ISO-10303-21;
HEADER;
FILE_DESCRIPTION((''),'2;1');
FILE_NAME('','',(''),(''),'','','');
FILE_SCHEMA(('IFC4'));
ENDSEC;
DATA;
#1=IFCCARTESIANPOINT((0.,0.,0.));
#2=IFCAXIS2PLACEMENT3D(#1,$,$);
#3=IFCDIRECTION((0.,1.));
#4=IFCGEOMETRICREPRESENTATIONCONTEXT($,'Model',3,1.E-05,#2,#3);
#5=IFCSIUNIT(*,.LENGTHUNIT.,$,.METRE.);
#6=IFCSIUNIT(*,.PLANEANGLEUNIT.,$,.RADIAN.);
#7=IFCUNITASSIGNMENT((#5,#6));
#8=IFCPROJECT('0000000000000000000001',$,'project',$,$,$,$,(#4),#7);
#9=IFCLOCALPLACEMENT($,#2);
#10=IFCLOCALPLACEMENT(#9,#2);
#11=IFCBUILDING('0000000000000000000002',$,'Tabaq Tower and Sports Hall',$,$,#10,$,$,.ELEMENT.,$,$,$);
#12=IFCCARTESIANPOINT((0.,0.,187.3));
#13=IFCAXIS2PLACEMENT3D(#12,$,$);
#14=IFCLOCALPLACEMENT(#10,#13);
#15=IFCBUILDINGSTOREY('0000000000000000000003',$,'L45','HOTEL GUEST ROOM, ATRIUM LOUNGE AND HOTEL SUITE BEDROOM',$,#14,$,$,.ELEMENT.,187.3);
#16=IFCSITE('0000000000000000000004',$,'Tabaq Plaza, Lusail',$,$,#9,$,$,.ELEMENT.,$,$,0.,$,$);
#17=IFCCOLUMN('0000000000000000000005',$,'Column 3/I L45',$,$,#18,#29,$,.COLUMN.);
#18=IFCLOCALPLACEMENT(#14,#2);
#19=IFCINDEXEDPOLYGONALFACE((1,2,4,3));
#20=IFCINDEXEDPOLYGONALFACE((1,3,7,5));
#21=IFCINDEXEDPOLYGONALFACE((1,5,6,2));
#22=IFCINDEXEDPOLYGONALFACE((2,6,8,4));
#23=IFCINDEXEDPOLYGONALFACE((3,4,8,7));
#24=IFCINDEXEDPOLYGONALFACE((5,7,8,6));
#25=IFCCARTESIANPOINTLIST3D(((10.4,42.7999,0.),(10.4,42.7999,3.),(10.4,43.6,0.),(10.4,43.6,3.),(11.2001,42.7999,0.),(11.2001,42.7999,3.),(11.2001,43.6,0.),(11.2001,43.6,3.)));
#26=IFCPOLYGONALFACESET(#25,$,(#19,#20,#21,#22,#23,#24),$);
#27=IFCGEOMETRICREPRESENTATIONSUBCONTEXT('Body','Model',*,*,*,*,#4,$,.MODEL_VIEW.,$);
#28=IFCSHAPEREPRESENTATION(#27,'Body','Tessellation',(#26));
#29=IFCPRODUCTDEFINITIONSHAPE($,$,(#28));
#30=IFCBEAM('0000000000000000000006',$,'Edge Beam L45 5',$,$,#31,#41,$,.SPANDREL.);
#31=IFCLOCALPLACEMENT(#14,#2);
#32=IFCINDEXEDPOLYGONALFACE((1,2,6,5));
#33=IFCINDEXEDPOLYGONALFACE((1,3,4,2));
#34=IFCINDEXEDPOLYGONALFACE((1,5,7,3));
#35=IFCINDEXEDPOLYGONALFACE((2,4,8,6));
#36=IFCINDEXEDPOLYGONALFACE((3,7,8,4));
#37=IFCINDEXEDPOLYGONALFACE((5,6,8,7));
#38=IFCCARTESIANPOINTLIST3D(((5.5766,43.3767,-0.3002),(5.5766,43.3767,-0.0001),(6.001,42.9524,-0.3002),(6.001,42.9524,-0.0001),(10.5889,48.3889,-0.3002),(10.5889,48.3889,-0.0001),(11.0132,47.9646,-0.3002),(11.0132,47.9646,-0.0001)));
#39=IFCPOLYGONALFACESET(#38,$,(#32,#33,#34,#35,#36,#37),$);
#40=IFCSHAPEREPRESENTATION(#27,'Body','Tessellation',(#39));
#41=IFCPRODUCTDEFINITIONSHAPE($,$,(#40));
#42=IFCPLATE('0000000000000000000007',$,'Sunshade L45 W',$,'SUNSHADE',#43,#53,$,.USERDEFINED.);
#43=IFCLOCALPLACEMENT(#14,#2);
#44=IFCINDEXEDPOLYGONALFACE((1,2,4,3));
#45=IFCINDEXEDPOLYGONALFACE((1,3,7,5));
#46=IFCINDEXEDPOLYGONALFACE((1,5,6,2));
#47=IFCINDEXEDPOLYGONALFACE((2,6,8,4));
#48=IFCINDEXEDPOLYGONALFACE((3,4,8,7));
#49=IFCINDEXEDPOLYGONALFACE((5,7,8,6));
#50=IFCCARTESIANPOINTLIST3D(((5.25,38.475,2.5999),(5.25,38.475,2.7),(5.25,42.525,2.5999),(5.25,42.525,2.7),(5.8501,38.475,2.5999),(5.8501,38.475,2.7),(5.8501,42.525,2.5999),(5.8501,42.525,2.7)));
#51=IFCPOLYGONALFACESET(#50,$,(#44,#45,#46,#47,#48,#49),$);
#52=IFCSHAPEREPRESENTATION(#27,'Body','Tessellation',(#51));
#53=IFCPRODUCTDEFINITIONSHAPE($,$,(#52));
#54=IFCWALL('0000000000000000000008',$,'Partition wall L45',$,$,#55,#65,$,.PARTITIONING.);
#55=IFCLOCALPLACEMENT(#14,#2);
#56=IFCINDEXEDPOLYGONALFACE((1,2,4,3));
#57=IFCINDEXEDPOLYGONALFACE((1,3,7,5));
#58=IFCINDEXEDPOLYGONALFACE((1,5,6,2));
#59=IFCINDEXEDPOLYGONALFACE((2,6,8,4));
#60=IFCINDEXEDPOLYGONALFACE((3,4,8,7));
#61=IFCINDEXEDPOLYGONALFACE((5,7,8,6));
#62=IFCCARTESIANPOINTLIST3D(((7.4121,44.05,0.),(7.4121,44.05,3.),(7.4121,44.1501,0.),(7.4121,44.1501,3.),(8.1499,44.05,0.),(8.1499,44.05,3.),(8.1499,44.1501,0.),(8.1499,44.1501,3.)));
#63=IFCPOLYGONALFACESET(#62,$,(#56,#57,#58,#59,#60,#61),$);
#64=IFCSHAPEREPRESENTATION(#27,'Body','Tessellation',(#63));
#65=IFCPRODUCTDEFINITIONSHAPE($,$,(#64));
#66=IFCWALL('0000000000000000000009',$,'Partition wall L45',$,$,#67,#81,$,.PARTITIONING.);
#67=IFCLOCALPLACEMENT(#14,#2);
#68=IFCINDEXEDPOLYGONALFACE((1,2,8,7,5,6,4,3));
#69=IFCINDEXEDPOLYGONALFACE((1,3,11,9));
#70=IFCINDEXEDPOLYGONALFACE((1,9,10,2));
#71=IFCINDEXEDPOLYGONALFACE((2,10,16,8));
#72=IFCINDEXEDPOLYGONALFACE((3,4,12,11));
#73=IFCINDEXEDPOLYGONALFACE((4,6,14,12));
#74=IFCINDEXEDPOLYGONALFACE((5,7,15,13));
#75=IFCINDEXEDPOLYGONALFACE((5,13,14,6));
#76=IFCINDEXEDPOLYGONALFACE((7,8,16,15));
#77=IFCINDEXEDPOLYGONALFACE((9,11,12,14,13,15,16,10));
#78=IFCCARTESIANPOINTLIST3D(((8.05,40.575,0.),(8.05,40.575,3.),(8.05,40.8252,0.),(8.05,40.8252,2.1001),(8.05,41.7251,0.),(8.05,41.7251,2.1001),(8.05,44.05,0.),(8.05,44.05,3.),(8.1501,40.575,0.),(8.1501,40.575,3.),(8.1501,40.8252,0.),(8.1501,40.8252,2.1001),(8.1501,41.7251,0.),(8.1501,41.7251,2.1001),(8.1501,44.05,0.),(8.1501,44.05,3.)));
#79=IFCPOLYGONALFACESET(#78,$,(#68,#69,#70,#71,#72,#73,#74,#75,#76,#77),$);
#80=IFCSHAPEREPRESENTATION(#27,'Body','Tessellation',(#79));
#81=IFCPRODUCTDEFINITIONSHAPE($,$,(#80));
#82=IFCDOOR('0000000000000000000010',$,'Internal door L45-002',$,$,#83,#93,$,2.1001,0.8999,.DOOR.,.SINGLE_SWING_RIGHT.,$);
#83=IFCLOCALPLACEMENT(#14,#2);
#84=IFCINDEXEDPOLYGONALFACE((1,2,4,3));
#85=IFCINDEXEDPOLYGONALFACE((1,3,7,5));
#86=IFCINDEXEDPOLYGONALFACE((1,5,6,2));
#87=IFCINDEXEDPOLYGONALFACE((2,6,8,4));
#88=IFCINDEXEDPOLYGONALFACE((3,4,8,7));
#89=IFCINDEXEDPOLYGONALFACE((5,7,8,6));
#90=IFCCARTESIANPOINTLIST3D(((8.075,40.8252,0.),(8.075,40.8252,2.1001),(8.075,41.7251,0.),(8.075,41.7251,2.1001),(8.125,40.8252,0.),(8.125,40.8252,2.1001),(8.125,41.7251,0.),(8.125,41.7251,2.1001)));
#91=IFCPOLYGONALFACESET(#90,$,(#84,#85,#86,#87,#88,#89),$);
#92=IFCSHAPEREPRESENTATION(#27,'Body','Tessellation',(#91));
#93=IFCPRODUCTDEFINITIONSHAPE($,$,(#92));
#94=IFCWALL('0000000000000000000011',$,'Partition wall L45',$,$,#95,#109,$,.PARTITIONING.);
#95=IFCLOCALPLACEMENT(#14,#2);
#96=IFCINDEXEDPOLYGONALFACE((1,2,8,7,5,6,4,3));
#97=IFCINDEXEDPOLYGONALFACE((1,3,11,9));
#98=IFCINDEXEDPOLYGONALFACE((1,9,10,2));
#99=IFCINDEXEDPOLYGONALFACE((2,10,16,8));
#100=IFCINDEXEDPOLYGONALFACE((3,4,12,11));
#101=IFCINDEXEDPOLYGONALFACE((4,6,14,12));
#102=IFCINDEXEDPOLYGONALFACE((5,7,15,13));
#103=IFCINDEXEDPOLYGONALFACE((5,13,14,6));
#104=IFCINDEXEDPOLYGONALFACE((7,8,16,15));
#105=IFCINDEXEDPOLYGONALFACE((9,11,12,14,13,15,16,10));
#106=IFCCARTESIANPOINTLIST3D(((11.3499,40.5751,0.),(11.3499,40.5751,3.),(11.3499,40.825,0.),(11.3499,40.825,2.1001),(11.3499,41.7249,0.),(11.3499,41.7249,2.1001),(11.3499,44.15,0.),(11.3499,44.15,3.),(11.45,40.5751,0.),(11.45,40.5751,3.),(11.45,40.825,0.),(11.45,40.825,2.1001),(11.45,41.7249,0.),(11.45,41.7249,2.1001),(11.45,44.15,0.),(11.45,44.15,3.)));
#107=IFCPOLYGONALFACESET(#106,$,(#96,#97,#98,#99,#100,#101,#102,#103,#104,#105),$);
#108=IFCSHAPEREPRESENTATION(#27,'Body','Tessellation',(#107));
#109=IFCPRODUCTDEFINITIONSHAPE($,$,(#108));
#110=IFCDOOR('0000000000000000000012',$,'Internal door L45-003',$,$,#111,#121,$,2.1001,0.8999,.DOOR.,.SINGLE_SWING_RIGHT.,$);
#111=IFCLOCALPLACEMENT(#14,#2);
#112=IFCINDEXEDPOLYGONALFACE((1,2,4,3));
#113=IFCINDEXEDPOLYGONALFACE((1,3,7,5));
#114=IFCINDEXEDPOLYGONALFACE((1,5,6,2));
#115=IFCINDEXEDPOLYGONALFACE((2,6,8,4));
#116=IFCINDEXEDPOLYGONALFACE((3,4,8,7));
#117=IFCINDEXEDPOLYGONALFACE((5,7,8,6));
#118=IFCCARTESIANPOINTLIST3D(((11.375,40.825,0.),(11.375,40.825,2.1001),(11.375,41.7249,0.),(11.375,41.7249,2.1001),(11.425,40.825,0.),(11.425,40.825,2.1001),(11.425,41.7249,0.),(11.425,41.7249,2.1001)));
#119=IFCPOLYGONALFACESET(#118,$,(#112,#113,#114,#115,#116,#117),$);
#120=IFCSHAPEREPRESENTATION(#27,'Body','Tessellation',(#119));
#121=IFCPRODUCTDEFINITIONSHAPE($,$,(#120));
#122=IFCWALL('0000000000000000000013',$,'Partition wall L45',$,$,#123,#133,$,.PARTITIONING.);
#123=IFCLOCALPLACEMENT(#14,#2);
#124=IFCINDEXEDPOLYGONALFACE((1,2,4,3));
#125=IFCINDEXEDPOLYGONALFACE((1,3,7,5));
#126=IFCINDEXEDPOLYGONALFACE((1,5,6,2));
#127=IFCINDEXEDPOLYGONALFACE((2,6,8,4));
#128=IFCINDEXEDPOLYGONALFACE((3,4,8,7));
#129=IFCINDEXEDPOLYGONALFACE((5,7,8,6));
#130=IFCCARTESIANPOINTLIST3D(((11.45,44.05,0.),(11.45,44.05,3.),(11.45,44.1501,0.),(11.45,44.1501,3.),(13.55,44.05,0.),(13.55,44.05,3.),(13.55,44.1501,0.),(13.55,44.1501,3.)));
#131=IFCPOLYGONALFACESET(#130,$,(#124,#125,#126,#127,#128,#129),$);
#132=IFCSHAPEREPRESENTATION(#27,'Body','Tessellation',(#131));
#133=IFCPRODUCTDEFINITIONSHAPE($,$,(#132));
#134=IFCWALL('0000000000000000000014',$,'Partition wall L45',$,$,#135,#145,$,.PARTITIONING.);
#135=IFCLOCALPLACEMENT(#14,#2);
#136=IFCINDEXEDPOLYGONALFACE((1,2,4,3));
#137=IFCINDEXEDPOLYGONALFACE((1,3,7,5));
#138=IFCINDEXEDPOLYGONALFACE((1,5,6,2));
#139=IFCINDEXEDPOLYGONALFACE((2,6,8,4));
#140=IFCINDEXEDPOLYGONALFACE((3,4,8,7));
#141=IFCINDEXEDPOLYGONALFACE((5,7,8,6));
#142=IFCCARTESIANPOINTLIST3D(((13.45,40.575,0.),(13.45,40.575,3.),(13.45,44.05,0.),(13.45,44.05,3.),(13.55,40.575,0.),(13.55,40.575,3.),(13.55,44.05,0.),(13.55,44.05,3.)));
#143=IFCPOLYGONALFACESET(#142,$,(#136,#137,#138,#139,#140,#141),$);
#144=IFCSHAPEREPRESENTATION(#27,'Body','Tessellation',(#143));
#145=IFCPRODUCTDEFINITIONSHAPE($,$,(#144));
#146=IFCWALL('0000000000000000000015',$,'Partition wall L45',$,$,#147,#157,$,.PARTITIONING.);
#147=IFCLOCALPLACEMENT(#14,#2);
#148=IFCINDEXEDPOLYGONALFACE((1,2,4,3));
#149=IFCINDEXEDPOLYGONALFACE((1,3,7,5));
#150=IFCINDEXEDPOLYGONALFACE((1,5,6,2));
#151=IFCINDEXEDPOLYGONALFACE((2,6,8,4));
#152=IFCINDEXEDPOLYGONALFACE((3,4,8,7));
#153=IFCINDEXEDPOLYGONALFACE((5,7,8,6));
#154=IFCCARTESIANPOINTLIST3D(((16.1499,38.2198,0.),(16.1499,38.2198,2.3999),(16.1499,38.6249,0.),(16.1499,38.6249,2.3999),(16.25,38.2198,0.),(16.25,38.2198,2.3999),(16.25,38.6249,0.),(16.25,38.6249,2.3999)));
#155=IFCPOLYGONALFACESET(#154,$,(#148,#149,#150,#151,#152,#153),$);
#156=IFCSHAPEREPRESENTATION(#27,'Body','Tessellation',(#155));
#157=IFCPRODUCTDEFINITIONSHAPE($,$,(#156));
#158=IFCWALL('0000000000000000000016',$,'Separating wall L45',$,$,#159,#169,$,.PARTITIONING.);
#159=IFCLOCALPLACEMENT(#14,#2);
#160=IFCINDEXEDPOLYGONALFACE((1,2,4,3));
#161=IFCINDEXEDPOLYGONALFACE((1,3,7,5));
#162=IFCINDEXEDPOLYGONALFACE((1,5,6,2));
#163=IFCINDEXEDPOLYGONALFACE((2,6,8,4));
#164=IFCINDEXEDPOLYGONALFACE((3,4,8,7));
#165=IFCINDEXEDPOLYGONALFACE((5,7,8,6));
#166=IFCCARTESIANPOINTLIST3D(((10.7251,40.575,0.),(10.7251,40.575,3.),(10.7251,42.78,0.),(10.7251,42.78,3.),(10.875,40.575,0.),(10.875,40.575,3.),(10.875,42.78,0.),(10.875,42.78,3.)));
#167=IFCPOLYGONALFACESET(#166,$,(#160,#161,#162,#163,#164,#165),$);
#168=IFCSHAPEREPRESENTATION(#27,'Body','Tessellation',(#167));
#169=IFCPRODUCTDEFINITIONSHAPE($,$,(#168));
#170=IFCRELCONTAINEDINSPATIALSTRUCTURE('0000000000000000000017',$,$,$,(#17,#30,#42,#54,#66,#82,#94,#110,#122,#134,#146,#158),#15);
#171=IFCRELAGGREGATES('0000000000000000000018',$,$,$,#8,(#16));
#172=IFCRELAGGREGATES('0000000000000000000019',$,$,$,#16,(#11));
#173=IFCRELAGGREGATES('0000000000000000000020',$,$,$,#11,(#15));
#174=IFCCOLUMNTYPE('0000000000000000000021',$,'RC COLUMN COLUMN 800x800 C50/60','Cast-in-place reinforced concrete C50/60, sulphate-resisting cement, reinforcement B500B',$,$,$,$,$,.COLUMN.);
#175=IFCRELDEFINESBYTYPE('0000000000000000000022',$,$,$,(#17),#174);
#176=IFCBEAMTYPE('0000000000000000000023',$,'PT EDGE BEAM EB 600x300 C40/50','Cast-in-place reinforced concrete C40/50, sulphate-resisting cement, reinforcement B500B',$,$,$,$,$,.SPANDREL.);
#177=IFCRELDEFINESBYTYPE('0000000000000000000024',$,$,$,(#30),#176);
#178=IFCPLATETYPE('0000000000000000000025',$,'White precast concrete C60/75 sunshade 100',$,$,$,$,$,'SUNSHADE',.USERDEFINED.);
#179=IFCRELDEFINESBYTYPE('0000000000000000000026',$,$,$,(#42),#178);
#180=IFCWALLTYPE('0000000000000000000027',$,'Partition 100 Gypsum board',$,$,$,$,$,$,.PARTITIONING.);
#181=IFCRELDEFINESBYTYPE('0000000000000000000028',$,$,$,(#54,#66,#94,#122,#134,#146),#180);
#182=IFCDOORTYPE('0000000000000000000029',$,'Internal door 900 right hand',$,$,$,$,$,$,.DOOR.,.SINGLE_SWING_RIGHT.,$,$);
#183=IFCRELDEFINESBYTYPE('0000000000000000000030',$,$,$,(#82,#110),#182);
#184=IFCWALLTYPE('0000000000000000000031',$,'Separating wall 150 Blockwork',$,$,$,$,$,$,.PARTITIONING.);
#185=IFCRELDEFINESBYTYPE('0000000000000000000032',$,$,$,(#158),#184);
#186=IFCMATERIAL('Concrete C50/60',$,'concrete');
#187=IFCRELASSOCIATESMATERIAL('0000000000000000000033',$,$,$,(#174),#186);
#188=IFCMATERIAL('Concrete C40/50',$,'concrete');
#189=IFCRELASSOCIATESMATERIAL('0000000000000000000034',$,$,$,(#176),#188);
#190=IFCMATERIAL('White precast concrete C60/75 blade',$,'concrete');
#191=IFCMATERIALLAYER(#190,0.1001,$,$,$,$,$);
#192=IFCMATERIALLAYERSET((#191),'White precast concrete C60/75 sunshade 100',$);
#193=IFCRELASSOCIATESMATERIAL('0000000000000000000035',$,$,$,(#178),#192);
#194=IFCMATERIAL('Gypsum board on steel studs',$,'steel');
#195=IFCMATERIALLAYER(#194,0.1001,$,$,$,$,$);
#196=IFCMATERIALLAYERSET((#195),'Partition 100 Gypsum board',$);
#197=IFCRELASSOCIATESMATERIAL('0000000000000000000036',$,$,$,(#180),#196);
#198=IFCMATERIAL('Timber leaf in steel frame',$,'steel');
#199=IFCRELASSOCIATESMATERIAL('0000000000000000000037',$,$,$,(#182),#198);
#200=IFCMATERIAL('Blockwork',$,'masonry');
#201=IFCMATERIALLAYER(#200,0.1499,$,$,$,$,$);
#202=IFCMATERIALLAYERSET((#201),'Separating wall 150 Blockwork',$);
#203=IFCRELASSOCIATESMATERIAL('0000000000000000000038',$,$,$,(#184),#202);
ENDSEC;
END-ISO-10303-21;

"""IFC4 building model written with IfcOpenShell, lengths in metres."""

from ifc_helpers import new_model, si_unit, direction, frame, frame_2d, origin, origin_2d, place, context, subcontext, project, spatial, rectangle, extrude, material, layer, layer_set, material_profile, profile_set, type_object, element, fill, save


model = new_model("IFC4")

# Units and contexts
model_context = context("Model", 3, precision=1e-05, world=origin(), true_north=direction((0.0, 1.0)))
body_context = subcontext(model_context, "Body", "Model", "MODEL_VIEW")
ifc_project = project(units=[si_unit("LENGTHUNIT", "METRE"), si_unit("PLANEANGLEUNIT", "RADIAN")], contexts=[model_context])

# Site, building, storey
site_placement = place(None, origin())
site = spatial("IfcSite", under=ifc_project, at=site_placement, Name="Tabaq Plaza, Lusail", CompositionType="ELEMENT", RefElevation=0.0)
building_placement = place(site_placement, origin())
building = spatial("IfcBuilding", under=site, at=building_placement, Name="Tabaq Tower and Sports Hall", CompositionType="ELEMENT")
storey_placement = place(building_placement, frame((0.0, 0.0, 187.3)))
storey = spatial("IfcBuildingStorey", under=building, at=storey_placement, Name="L45", Description="HOTEL GUEST ROOM, ATRIUM LOUNGE AND HOTEL SUITE BEDROOM", CompositionType="ELEMENT", Elevation=187.3)

# Column
ifc_material_1 = material(Name="Concrete C50/60", Category="concrete")
ifc_material_profile_1 = material_profile(ifc_material_1, rectangle(XDim=0.8, YDim=0.8, at=origin_2d()), Name="COLUMN 800x800")
ifc_profile_set_1 = profile_set([ifc_material_profile_1], Name="Concrete C50/60")
column_type = type_object("IfcColumnType", Name="RC COLUMN COLUMN 800x800 C50/60", Description="Cast-in-place reinforced concrete C50/60, sulphate-resisting cement, reinforcement B500B", PredefinedType="COLUMN", material=ifc_profile_set_1)
column_placement = place(storey_placement, frame((10.8, 43.2, 0.0), z_axis=(0.0, 0.0, 1.0), x_axis=(1.0, 0.0, 0.0)))
element("IfcColumn", 1, at=column_placement, inside=storey, type_object=column_type, Name="Column 3/I L45", PredefinedType="COLUMN", context=body_context, shape_type="SweptSolid", body=[
    extrude(rectangle(XDim=0.8, YDim=0.8, at=origin_2d()), origin(), (0.0, 0.0, 1.0), 3.0),
])

# Beam
ifc_material_2 = material(Name="Concrete C40/50", Category="concrete")
ifc_material_profile_2 = material_profile(ifc_material_2, rectangle(XDim=0.6001, YDim=0.3, at=origin_2d()), Name="EB 600x300")
ifc_profile_set_2 = profile_set([ifc_material_profile_2], Name="Concrete C40/50")
beam_type = type_object("IfcBeamType", Name="PT EDGE BEAM EB 600x300 C40/50", Description="Cast-in-place reinforced concrete C40/50, sulphate-resisting cement, reinforcement B500B", PredefinedType="SPANDREL", material=ifc_profile_set_2)
beam_placement = place(storey_placement, frame((10.801, 48.1768, -0.1501), z_axis=(-0.707107, -0.707107, 0.0), x_axis=(0.707107, -0.707107, 0.0)))
element("IfcBeam", 2, at=beam_placement, inside=storey, type_object=beam_type, Name="Edge Beam L45 5", PredefinedType="SPANDREL", context=body_context, shape_type="SweptSolid", body=[
    extrude(rectangle(XDim=0.6001, YDim=0.3, at=origin_2d()), origin(), (0.0, 0.0, 1.0), 7.0884),
])

# Plate
ifc_material_3 = material(Name="White precast concrete C60/75 blade", Category="concrete")
ifc_layer_1 = layer(ifc_material_3, 0.1001)
ifc_layer_set_1 = layer_set([ifc_layer_1], Name="White precast concrete C60/75 sunshade 100")
plate_type = type_object("IfcPlateType", Name="White precast concrete C60/75 sunshade 100", ElementType="SUNSHADE", PredefinedType="USERDEFINED", material=ifc_layer_set_1)
plate_placement = place(storey_placement, frame((5.55, 40.5, 2.5999), z_axis=(0.0, 0.0, 1.0), x_axis=(0.0, -1.0, 0.0)))
element("IfcPlate", 3, at=plate_placement, inside=storey, type_object=plate_type, Name="Sunshade L45 W", ObjectType="SUNSHADE", PredefinedType="USERDEFINED", context=body_context, shape_type="SweptSolid", body=[
    extrude(rectangle(XDim=4.05, YDim=0.6001, at=origin_2d()), origin(), (0.0, 0.0, 1.0), 0.1001),
])

# Wall
ifc_material_4 = material(Name="Gypsum board on steel studs", Category="steel")
ifc_layer_2 = layer(ifc_material_4, 0.1001)
ifc_layer_set_2 = layer_set([ifc_layer_2], Name="Partition 100 Gypsum board")
wall_type_1 = type_object("IfcWallType", Name="Partition 100 Gypsum board", PredefinedType="PARTITIONING", material=ifc_layer_set_2)
wall_1_placement = place(storey_placement, frame((7.4121, 44.1001, 0.0), z_axis=(0.0, 0.0, 1.0), x_axis=(1.0, 0.0, 0.0)))
element("IfcWall", 4, at=wall_1_placement, inside=storey, type_object=wall_type_1, Name="Partition wall L45", PredefinedType="PARTITIONING", context=body_context, shape_type="SweptSolid", body=[
    extrude(rectangle(XDim=0.7378, YDim=0.1001, at=frame_2d((0.3689, 0.0))), origin(), (0.0, 0.0, 1.0), 3.0),
])

# Walls, openings, doors
wall_2_placement = place(storey_placement, frame((8.1001, 44.05, 0.0), z_axis=(0.0, 0.0, 1.0), x_axis=(0.0, -1.0, 0.0)))
wall_2 = element("IfcWall", 5, at=wall_2_placement, inside=storey, type_object=wall_type_1, Name="Partition wall L45", PredefinedType="PARTITIONING", context=body_context, shape_type="SweptSolid", body=[
    extrude(rectangle(XDim=3.4751, YDim=0.1001, at=frame_2d((1.7375, 0.0))), origin(), (0.0, 0.0, 1.0), 3.0),
])
opening_1_placement = place(wall_2_placement, frame((2.325, 0.0, 0.0)))
opening_1 = element("IfcOpeningElement", 6, at=opening_1_placement, cuts=wall_2, PredefinedType="OPENING", context=body_context, shape_type="SweptSolid", body=[
    extrude(rectangle(XDim=0.8999, YDim=2.1001, at=frame_2d((0.45, 1.05))), frame((0.0, 0.05, 0.0), z_axis=(0.0, -1.0, 0.0), x_axis=(1.0, 0.0, 0.0)), (0.0, 0.0, 1.0), 0.1001),
])
ifc_material_5 = material(Name="Timber leaf in steel frame", Category="steel")
door_type = type_object("IfcDoorType", Name="Internal door 900 right hand", OperationType="SINGLE_SWING_RIGHT", PredefinedType="DOOR", material=ifc_material_5)
door_1_placement = place(opening_1_placement, origin())
door_1 = element("IfcDoor", 7, at=door_1_placement, inside=storey, type_object=door_type, Name="Internal door L45-002", OperationType="SINGLE_SWING_RIGHT", OverallHeight=2.1001, OverallWidth=0.8999, PredefinedType="DOOR", context=body_context, shape_type="SweptSolid", body=[
    extrude(rectangle(XDim=0.8999, YDim=2.1001, at=frame_2d((0.45, 1.05))), frame((0.0, 0.0249, 0.0), z_axis=(0.0, -1.0, 0.0), x_axis=(1.0, 0.0, 0.0)), (0.0, 0.0, 1.0), 0.05),
])
fill(opening_1, door_1)
wall_3_placement = place(storey_placement, frame((11.3999, 40.575, 0.0), z_axis=(0.0, 0.0, 1.0), x_axis=(0.0, 1.0, 0.0)))
wall_3 = element("IfcWall", 8, at=wall_3_placement, inside=storey, type_object=wall_type_1, Name="Partition wall L45", PredefinedType="PARTITIONING", context=body_context, shape_type="SweptSolid", body=[
    extrude(rectangle(XDim=3.575, YDim=0.1001, at=frame_2d((1.7876, 0.0))), origin(), (0.0, 0.0, 1.0), 3.0),
])
opening_2_placement = place(wall_3_placement, frame((0.25, 0.0, 0.0)))
opening_2 = element("IfcOpeningElement", 9, at=opening_2_placement, cuts=wall_3, PredefinedType="OPENING", context=body_context, shape_type="SweptSolid", body=[
    extrude(rectangle(XDim=0.8999, YDim=2.1001, at=frame_2d((0.45, 1.05))), frame((0.0, 0.05, 0.0), z_axis=(0.0, -1.0, 0.0), x_axis=(1.0, 0.0, 0.0)), (0.0, 0.0, 1.0), 0.1001),
])
door_2_placement = place(opening_2_placement, origin())
door_2 = element("IfcDoor", 10, at=door_2_placement, inside=storey, type_object=door_type, Name="Internal door L45-003", OperationType="SINGLE_SWING_RIGHT", OverallHeight=2.1001, OverallWidth=0.8999, PredefinedType="DOOR", context=body_context, shape_type="SweptSolid", body=[
    extrude(rectangle(XDim=0.8999, YDim=2.1001, at=frame_2d((0.45, 1.05))), frame((0.0, 0.0249, 0.0), z_axis=(0.0, -1.0, 0.0), x_axis=(1.0, 0.0, 0.0)), (0.0, 0.0, 1.0), 0.05),
])
fill(opening_2, door_2)

# Walls
wall_4_placement = place(storey_placement, frame((11.45, 44.1001, 0.0), z_axis=(0.0, 0.0, 1.0), x_axis=(1.0, 0.0, 0.0)))
element("IfcWall", 11, at=wall_4_placement, inside=storey, type_object=wall_type_1, Name="Partition wall L45", PredefinedType="PARTITIONING", context=body_context, shape_type="SweptSolid", body=[
    extrude(rectangle(XDim=2.1001, YDim=0.1001, at=frame_2d((1.05, 0.0))), origin(), (0.0, 0.0, 1.0), 3.0),
])
wall_5_placement = place(storey_placement, frame((13.5, 44.05, 0.0), z_axis=(0.0, 0.0, 1.0), x_axis=(0.0, -1.0, 0.0)))
element("IfcWall", 12, at=wall_5_placement, inside=storey, type_object=wall_type_1, Name="Partition wall L45", PredefinedType="PARTITIONING", context=body_context, shape_type="SweptSolid", body=[
    extrude(rectangle(XDim=3.4751, YDim=0.1001, at=frame_2d((1.7375, 0.0))), origin(), (0.0, 0.0, 1.0), 3.0),
])
wall_6_placement = place(storey_placement, frame((16.2, 38.625, 0.0), z_axis=(0.0, 0.0, 1.0), x_axis=(0.0, -1.0, 0.0)))
element("IfcWall", 13, at=wall_6_placement, inside=storey, type_object=wall_type_1, Name="Partition wall L45", PredefinedType="PARTITIONING", context=body_context, shape_type="SweptSolid", body=[
    extrude(rectangle(XDim=0.405, YDim=0.1001, at=frame_2d((0.2026, 0.0))), origin(), (0.0, 0.0, 1.0), 2.3999),
])
ifc_material_6 = material(Name="Blockwork", Category="masonry")
ifc_layer_3 = layer(ifc_material_6, 0.1499)
ifc_layer_set_3 = layer_set([ifc_layer_3], Name="Separating wall 150 Blockwork")
wall_type_2 = type_object("IfcWallType", Name="Separating wall 150 Blockwork", PredefinedType="PARTITIONING", material=ifc_layer_set_3)
wall_7_placement = place(storey_placement, frame((10.8, 40.575, 0.0), z_axis=(0.0, 0.0, 1.0), x_axis=(0.0, 1.0, 0.0)))
element("IfcWall", 14, at=wall_7_placement, inside=storey, type_object=wall_type_2, Name="Separating wall L45", PredefinedType="PARTITIONING", context=body_context, shape_type="SweptSolid", body=[
    extrude(rectangle(XDim=2.2051, YDim=0.1499, at=frame_2d((1.1025, 0.0))), origin(), (0.0, 0.0, 1.0), 3.0),
])

save(model, "model.ifc")
